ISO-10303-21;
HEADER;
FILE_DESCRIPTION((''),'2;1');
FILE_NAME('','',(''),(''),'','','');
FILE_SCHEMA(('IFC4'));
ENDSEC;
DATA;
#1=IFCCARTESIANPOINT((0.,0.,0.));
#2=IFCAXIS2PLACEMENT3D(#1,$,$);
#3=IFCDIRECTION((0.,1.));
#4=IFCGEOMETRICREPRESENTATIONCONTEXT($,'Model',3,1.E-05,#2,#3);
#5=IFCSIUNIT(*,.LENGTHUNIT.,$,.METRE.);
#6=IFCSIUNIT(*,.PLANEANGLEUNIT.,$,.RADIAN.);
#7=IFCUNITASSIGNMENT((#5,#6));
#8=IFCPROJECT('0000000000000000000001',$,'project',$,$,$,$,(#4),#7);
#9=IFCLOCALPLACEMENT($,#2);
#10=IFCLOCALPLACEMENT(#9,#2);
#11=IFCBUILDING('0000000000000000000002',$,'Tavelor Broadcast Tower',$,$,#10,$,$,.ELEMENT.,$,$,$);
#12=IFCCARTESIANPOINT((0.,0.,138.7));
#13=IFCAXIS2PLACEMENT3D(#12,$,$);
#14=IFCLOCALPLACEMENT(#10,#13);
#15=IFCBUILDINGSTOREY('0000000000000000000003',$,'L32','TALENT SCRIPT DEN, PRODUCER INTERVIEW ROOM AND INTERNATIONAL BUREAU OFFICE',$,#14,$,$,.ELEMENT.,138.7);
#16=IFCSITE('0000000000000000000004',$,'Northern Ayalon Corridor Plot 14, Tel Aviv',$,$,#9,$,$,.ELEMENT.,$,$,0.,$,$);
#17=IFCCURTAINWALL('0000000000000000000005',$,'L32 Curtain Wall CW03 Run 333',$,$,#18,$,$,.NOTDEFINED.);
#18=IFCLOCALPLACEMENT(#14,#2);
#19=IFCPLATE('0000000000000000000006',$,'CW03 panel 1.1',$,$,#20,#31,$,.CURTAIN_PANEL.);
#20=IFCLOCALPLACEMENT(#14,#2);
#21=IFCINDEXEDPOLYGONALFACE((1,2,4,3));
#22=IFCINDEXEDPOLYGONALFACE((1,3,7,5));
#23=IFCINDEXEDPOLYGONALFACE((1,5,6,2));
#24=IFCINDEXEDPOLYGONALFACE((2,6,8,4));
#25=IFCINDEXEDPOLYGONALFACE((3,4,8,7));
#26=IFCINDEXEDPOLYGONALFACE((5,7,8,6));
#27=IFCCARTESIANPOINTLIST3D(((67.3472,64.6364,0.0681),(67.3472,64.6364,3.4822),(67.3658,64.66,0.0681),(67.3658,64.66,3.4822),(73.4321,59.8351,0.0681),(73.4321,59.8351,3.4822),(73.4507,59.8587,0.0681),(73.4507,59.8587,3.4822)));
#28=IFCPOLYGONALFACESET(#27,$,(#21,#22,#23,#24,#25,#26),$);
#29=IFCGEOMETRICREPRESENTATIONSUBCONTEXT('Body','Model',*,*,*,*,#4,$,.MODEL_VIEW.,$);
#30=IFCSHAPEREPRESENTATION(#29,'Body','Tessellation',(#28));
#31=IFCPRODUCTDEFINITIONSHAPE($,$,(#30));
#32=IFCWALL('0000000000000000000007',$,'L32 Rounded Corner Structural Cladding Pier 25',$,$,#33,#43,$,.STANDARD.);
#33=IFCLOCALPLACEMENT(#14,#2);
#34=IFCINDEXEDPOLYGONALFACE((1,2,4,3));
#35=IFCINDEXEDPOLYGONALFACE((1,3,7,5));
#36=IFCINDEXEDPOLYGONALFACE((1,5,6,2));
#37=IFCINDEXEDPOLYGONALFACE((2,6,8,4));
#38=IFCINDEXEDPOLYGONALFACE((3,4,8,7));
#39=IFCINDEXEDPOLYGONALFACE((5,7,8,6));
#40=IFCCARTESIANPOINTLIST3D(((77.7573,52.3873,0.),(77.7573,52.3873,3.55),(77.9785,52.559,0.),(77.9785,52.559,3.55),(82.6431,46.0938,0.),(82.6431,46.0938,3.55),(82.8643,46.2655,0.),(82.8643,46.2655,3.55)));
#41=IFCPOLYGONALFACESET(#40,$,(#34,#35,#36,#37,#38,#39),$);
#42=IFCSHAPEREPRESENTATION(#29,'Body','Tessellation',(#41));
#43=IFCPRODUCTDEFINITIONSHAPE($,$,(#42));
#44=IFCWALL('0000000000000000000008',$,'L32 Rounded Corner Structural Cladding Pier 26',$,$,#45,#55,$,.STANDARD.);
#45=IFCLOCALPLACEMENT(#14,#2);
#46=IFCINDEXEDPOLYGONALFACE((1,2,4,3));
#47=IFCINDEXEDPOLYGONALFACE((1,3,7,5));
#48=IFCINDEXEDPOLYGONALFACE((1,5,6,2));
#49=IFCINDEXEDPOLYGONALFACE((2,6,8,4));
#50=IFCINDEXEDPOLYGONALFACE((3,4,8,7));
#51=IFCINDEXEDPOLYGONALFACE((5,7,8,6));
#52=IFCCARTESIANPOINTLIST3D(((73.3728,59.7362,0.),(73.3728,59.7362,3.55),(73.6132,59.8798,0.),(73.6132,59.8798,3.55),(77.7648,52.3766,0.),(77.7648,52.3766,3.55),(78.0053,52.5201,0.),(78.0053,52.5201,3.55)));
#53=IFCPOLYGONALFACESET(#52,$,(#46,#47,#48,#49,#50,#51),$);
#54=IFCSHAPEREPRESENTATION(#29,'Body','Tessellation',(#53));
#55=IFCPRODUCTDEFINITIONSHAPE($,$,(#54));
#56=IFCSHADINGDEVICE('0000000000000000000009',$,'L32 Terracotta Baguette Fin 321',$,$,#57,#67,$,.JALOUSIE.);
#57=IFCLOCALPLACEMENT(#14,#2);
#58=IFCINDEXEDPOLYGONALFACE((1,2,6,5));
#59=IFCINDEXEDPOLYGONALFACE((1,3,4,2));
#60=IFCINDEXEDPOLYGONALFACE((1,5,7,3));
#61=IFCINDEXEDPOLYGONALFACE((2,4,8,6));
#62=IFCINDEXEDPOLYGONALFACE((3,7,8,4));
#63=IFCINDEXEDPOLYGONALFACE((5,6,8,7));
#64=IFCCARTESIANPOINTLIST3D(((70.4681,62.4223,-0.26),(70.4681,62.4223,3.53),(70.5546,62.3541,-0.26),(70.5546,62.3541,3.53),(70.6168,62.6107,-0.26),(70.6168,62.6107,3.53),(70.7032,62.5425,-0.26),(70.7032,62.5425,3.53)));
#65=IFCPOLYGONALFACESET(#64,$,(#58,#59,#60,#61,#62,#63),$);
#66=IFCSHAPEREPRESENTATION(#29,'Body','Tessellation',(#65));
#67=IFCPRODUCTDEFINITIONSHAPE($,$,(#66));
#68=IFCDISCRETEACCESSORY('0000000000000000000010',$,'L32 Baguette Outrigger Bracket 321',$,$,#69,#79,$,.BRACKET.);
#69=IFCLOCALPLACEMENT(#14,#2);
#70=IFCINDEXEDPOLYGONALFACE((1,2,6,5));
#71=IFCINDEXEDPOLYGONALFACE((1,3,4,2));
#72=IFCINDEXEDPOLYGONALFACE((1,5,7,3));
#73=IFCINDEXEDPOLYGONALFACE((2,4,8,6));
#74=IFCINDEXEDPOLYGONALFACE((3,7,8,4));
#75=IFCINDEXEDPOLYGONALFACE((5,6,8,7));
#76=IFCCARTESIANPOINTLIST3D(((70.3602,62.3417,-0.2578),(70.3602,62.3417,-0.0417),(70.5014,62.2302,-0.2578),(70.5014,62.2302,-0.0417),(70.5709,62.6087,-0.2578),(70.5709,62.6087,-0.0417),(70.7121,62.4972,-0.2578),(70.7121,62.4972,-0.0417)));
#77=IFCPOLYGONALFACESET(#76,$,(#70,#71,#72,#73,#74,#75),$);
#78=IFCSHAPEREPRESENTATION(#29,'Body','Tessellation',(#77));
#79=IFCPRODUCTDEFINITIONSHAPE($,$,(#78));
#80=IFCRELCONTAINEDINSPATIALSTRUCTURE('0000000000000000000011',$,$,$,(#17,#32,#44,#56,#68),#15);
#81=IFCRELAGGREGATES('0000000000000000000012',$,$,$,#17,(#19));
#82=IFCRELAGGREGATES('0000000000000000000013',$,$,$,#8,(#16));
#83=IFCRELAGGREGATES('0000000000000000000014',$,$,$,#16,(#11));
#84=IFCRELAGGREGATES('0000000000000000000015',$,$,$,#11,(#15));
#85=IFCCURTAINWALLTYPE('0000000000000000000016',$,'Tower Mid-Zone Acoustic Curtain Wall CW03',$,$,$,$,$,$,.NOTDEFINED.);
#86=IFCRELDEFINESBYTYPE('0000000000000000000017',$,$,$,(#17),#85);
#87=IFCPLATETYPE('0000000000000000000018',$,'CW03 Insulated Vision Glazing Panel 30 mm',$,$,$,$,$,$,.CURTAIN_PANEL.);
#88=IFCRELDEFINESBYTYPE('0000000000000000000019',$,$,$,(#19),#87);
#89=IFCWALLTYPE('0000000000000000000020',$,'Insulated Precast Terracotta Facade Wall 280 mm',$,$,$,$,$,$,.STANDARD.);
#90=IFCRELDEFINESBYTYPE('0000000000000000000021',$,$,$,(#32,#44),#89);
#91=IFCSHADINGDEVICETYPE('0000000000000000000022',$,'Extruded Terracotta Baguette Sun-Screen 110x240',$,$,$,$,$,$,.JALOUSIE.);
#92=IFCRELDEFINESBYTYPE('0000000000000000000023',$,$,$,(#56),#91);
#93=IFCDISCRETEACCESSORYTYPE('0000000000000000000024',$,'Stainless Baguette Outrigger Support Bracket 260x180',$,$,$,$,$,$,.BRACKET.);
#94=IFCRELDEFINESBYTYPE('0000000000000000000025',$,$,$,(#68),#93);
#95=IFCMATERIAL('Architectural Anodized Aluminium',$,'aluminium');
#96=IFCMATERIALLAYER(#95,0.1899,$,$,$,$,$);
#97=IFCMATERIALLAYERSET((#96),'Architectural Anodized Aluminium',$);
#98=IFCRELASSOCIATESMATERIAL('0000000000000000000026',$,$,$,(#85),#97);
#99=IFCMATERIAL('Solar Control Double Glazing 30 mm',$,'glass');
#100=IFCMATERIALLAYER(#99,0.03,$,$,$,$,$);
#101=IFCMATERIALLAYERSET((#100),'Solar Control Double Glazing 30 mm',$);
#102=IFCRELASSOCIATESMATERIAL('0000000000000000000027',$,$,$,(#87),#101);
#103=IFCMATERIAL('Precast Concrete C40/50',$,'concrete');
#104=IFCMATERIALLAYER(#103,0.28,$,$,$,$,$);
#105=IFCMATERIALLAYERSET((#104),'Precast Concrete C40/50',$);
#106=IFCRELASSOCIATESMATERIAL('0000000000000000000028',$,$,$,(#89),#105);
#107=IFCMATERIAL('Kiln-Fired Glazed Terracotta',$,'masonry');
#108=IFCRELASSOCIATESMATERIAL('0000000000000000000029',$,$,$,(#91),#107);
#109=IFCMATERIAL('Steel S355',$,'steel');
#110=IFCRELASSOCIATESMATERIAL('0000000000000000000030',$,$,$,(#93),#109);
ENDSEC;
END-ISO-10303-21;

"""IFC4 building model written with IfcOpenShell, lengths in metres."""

from ifc_helpers import new_model, si_unit, direction, frame, frame_2d, origin, origin_2d, place, context, subcontext, project, spatial, rectangle, extrude, source, transform, mapped, material, layer, layer_set, type_object, type_shapes, element, aggregate, save


model = new_model("IFC4")

# Units and contexts
model_context = context("Model", 3, precision=1e-05, world=origin(), true_north=direction((0.0, 1.0)))
body_context = subcontext(model_context, "Body", "Model", "MODEL_VIEW")
ifc_project = project(units=[si_unit("LENGTHUNIT", "METRE"), si_unit("PLANEANGLEUNIT", "RADIAN")], contexts=[model_context])

# Site, building, storey
site_placement = place(None, origin())
site = spatial("IfcSite", under=ifc_project, at=site_placement, Name="Northern Ayalon Corridor Plot 14, Tel Aviv", CompositionType="ELEMENT", RefElevation=0.0)
building_placement = place(site_placement, origin())
building = spatial("IfcBuilding", under=site, at=building_placement, Name="Tavelor Broadcast Tower", CompositionType="ELEMENT")
storey_placement = place(building_placement, frame((0.0, 0.0, 138.7)))
storey = spatial("IfcBuildingStorey", under=building, at=storey_placement, Name="L32", Description="TALENT SCRIPT DEN, PRODUCER INTERVIEW ROOM AND INTERNATIONAL BUREAU OFFICE", CompositionType="ELEMENT", Elevation=138.7)

# Shared definitions
ifc_material_1 = material(Name="Steel S355", Category="steel")

# Curtain wall
ifc_material_2 = material(Name="Architectural Anodized Aluminium", Category="aluminium")
ifc_layer_1 = layer(ifc_material_2, 0.1899)
ifc_layer_set_1 = layer_set([ifc_layer_1], Name="Architectural Anodized Aluminium")
curtain_wall_type = type_object("IfcCurtainWallType", Name="Tower Mid-Zone Acoustic Curtain Wall CW03", PredefinedType="NOTDEFINED", material=ifc_layer_set_1)
curtain_wall_1_placement = place(storey_placement, origin())
curtain_wall_1 = element("IfcCurtainWall", 1, at=curtain_wall_1_placement, inside=storey, type_object=curtain_wall_type, Name="L32 Curtain Wall CW03 Run 333", PredefinedType="NOTDEFINED")

# Plate
ifc_material_3 = material(Name="Solar Control Double Glazing 30 mm", Category="glass")
ifc_layer_2 = layer(ifc_material_3, 0.03)
ifc_layer_set_2 = layer_set([ifc_layer_2], Name="Solar Control Double Glazing 30 mm")
plate_type_1 = type_object("IfcPlateType", Name="CW03 Insulated Vision Glazing Panel 30 mm", PredefinedType="CURTAIN_PANEL", material=ifc_layer_set_2)
shared_shape_1 = source(origin(), body_context, "Body", "SweptSolid", [
    extrude(rectangle(XDim=7.751, YDim=0.03, at=origin_2d()), origin(), (0.0, 0.0, 1.0), 3.4141),
])
type_shapes(plate_type_1, [shared_shape_1])
plate_1_placement = place(storey_placement, frame((70.3989, 62.2476, 0.0681), z_axis=(0.0, 0.0, 1.0), x_axis=(-0.785043, 0.619441, 0.0)))
plate_1 = element("IfcPlate", 2, at=plate_1_placement, type_object=plate_type_1, Name="CW03 panel 1.1", PredefinedType="CURTAIN_PANEL", context=body_context, shape_type="MappedRepresentation", body=[
    mapped(shared_shape_1, transform((0.0, 0.0, 0.0), scale=1.0)),
])
aggregate(curtain_wall_1, [plate_1])

# Walls
ifc_material_4 = material(Name="Precast Concrete C40/50", Category="concrete")
ifc_layer_3 = layer(ifc_material_4, 0.28)
ifc_layer_set_3 = layer_set([ifc_layer_3], Name="Precast Concrete C40/50")
wall_type = type_object("IfcWallType", Name="Insulated Precast Terracotta Facade Wall 280 mm", PredefinedType="STANDARD", material=ifc_layer_set_3)
wall_1_placement = place(storey_placement, frame((82.7537, 46.1797, 0.0), z_axis=(0.0, 0.0, 1.0), x_axis=(-0.613223, 0.78991, 0.0)))
element("IfcWall", 3, at=wall_1_placement, inside=storey, type_object=wall_type, Name="L32 Rounded Corner Structural Cladding Pier 25", PredefinedType="STANDARD", context=body_context, shape_type="SweptSolid", body=[
    extrude(rectangle(XDim=7.9673, YDim=0.28, at=frame_2d((3.9836, 0.0))), origin(), (0.0, 0.0, 1.0), 3.55),
])
wall_2_placement = place(storey_placement, frame((77.885, 52.4485, 0.0), z_axis=(0.0, 0.0, 1.0), x_axis=(-0.512463, 0.85871, 0.0)))
element("IfcWall", 4, at=wall_2_placement, inside=storey, type_object=wall_type, Name="L32 Rounded Corner Structural Cladding Pier 26", PredefinedType="STANDARD", context=body_context, shape_type="SweptSolid", body=[
    extrude(rectangle(XDim=8.5706, YDim=0.28, at=frame_2d((4.2852, 0.0))), origin(), (0.0, 0.0, 1.0), 3.55),
])

# Shading device
ifc_material_5 = material(Name="Kiln-Fired Glazed Terracotta", Category="masonry")
shading_device_type = type_object("IfcShadingDeviceType", Name="Extruded Terracotta Baguette Sun-Screen 110x240", PredefinedType="JALOUSIE", material=ifc_material_5)
shared_shape_2 = source(origin(), body_context, "Body", "SweptSolid", [
    extrude(rectangle(XDim=0.1101, YDim=0.24, at=origin_2d()), origin(), (0.0, 0.0, 1.0), 3.79),
])
type_shapes(shading_device_type, [shared_shape_2])
shading_device_placement = place(storey_placement, frame((70.5857, 62.4824, -0.26), z_axis=(0.0, 0.0, 1.0), x_axis=(-0.784993, 0.619505, 0.0)))
element("IfcShadingDevice", 5, at=shading_device_placement, inside=storey, type_object=shading_device_type, Name="L32 Terracotta Baguette Fin 321", PredefinedType="JALOUSIE", context=body_context, shape_type="MappedRepresentation", body=[
    mapped(shared_shape_2, transform((0.0, 0.0, 0.0), scale=1.0)),
])

# Discrete accessory
discrete_accessory_type = type_object("IfcDiscreteAccessoryType", Name="Stainless Baguette Outrigger Support Bracket 260x180", PredefinedType="BRACKET", material=ifc_material_1)
shared_shape_3 = source(origin(), body_context, "Body", "SweptSolid", [
    extrude(rectangle(XDim=0.1799, YDim=0.3401, at=origin_2d()), origin(), (0.0, 0.0, 1.0), 0.2161),
])
type_shapes(discrete_accessory_type, [shared_shape_3])
discrete_accessory_placement = place(storey_placement, frame((70.5361, 62.4194, -0.2578), z_axis=(0.0, 0.0, 1.0), x_axis=(-0.784993, 0.619505, 0.0)))
element("IfcDiscreteAccessory", 6, at=discrete_accessory_placement, inside=storey, type_object=discrete_accessory_type, Name="L32 Baguette Outrigger Bracket 321", PredefinedType="BRACKET", context=body_context, shape_type="MappedRepresentation", body=[
    mapped(shared_shape_3, transform((0.0, 0.0, 0.0), scale=1.0)),
])

save(model, "model.ifc")
